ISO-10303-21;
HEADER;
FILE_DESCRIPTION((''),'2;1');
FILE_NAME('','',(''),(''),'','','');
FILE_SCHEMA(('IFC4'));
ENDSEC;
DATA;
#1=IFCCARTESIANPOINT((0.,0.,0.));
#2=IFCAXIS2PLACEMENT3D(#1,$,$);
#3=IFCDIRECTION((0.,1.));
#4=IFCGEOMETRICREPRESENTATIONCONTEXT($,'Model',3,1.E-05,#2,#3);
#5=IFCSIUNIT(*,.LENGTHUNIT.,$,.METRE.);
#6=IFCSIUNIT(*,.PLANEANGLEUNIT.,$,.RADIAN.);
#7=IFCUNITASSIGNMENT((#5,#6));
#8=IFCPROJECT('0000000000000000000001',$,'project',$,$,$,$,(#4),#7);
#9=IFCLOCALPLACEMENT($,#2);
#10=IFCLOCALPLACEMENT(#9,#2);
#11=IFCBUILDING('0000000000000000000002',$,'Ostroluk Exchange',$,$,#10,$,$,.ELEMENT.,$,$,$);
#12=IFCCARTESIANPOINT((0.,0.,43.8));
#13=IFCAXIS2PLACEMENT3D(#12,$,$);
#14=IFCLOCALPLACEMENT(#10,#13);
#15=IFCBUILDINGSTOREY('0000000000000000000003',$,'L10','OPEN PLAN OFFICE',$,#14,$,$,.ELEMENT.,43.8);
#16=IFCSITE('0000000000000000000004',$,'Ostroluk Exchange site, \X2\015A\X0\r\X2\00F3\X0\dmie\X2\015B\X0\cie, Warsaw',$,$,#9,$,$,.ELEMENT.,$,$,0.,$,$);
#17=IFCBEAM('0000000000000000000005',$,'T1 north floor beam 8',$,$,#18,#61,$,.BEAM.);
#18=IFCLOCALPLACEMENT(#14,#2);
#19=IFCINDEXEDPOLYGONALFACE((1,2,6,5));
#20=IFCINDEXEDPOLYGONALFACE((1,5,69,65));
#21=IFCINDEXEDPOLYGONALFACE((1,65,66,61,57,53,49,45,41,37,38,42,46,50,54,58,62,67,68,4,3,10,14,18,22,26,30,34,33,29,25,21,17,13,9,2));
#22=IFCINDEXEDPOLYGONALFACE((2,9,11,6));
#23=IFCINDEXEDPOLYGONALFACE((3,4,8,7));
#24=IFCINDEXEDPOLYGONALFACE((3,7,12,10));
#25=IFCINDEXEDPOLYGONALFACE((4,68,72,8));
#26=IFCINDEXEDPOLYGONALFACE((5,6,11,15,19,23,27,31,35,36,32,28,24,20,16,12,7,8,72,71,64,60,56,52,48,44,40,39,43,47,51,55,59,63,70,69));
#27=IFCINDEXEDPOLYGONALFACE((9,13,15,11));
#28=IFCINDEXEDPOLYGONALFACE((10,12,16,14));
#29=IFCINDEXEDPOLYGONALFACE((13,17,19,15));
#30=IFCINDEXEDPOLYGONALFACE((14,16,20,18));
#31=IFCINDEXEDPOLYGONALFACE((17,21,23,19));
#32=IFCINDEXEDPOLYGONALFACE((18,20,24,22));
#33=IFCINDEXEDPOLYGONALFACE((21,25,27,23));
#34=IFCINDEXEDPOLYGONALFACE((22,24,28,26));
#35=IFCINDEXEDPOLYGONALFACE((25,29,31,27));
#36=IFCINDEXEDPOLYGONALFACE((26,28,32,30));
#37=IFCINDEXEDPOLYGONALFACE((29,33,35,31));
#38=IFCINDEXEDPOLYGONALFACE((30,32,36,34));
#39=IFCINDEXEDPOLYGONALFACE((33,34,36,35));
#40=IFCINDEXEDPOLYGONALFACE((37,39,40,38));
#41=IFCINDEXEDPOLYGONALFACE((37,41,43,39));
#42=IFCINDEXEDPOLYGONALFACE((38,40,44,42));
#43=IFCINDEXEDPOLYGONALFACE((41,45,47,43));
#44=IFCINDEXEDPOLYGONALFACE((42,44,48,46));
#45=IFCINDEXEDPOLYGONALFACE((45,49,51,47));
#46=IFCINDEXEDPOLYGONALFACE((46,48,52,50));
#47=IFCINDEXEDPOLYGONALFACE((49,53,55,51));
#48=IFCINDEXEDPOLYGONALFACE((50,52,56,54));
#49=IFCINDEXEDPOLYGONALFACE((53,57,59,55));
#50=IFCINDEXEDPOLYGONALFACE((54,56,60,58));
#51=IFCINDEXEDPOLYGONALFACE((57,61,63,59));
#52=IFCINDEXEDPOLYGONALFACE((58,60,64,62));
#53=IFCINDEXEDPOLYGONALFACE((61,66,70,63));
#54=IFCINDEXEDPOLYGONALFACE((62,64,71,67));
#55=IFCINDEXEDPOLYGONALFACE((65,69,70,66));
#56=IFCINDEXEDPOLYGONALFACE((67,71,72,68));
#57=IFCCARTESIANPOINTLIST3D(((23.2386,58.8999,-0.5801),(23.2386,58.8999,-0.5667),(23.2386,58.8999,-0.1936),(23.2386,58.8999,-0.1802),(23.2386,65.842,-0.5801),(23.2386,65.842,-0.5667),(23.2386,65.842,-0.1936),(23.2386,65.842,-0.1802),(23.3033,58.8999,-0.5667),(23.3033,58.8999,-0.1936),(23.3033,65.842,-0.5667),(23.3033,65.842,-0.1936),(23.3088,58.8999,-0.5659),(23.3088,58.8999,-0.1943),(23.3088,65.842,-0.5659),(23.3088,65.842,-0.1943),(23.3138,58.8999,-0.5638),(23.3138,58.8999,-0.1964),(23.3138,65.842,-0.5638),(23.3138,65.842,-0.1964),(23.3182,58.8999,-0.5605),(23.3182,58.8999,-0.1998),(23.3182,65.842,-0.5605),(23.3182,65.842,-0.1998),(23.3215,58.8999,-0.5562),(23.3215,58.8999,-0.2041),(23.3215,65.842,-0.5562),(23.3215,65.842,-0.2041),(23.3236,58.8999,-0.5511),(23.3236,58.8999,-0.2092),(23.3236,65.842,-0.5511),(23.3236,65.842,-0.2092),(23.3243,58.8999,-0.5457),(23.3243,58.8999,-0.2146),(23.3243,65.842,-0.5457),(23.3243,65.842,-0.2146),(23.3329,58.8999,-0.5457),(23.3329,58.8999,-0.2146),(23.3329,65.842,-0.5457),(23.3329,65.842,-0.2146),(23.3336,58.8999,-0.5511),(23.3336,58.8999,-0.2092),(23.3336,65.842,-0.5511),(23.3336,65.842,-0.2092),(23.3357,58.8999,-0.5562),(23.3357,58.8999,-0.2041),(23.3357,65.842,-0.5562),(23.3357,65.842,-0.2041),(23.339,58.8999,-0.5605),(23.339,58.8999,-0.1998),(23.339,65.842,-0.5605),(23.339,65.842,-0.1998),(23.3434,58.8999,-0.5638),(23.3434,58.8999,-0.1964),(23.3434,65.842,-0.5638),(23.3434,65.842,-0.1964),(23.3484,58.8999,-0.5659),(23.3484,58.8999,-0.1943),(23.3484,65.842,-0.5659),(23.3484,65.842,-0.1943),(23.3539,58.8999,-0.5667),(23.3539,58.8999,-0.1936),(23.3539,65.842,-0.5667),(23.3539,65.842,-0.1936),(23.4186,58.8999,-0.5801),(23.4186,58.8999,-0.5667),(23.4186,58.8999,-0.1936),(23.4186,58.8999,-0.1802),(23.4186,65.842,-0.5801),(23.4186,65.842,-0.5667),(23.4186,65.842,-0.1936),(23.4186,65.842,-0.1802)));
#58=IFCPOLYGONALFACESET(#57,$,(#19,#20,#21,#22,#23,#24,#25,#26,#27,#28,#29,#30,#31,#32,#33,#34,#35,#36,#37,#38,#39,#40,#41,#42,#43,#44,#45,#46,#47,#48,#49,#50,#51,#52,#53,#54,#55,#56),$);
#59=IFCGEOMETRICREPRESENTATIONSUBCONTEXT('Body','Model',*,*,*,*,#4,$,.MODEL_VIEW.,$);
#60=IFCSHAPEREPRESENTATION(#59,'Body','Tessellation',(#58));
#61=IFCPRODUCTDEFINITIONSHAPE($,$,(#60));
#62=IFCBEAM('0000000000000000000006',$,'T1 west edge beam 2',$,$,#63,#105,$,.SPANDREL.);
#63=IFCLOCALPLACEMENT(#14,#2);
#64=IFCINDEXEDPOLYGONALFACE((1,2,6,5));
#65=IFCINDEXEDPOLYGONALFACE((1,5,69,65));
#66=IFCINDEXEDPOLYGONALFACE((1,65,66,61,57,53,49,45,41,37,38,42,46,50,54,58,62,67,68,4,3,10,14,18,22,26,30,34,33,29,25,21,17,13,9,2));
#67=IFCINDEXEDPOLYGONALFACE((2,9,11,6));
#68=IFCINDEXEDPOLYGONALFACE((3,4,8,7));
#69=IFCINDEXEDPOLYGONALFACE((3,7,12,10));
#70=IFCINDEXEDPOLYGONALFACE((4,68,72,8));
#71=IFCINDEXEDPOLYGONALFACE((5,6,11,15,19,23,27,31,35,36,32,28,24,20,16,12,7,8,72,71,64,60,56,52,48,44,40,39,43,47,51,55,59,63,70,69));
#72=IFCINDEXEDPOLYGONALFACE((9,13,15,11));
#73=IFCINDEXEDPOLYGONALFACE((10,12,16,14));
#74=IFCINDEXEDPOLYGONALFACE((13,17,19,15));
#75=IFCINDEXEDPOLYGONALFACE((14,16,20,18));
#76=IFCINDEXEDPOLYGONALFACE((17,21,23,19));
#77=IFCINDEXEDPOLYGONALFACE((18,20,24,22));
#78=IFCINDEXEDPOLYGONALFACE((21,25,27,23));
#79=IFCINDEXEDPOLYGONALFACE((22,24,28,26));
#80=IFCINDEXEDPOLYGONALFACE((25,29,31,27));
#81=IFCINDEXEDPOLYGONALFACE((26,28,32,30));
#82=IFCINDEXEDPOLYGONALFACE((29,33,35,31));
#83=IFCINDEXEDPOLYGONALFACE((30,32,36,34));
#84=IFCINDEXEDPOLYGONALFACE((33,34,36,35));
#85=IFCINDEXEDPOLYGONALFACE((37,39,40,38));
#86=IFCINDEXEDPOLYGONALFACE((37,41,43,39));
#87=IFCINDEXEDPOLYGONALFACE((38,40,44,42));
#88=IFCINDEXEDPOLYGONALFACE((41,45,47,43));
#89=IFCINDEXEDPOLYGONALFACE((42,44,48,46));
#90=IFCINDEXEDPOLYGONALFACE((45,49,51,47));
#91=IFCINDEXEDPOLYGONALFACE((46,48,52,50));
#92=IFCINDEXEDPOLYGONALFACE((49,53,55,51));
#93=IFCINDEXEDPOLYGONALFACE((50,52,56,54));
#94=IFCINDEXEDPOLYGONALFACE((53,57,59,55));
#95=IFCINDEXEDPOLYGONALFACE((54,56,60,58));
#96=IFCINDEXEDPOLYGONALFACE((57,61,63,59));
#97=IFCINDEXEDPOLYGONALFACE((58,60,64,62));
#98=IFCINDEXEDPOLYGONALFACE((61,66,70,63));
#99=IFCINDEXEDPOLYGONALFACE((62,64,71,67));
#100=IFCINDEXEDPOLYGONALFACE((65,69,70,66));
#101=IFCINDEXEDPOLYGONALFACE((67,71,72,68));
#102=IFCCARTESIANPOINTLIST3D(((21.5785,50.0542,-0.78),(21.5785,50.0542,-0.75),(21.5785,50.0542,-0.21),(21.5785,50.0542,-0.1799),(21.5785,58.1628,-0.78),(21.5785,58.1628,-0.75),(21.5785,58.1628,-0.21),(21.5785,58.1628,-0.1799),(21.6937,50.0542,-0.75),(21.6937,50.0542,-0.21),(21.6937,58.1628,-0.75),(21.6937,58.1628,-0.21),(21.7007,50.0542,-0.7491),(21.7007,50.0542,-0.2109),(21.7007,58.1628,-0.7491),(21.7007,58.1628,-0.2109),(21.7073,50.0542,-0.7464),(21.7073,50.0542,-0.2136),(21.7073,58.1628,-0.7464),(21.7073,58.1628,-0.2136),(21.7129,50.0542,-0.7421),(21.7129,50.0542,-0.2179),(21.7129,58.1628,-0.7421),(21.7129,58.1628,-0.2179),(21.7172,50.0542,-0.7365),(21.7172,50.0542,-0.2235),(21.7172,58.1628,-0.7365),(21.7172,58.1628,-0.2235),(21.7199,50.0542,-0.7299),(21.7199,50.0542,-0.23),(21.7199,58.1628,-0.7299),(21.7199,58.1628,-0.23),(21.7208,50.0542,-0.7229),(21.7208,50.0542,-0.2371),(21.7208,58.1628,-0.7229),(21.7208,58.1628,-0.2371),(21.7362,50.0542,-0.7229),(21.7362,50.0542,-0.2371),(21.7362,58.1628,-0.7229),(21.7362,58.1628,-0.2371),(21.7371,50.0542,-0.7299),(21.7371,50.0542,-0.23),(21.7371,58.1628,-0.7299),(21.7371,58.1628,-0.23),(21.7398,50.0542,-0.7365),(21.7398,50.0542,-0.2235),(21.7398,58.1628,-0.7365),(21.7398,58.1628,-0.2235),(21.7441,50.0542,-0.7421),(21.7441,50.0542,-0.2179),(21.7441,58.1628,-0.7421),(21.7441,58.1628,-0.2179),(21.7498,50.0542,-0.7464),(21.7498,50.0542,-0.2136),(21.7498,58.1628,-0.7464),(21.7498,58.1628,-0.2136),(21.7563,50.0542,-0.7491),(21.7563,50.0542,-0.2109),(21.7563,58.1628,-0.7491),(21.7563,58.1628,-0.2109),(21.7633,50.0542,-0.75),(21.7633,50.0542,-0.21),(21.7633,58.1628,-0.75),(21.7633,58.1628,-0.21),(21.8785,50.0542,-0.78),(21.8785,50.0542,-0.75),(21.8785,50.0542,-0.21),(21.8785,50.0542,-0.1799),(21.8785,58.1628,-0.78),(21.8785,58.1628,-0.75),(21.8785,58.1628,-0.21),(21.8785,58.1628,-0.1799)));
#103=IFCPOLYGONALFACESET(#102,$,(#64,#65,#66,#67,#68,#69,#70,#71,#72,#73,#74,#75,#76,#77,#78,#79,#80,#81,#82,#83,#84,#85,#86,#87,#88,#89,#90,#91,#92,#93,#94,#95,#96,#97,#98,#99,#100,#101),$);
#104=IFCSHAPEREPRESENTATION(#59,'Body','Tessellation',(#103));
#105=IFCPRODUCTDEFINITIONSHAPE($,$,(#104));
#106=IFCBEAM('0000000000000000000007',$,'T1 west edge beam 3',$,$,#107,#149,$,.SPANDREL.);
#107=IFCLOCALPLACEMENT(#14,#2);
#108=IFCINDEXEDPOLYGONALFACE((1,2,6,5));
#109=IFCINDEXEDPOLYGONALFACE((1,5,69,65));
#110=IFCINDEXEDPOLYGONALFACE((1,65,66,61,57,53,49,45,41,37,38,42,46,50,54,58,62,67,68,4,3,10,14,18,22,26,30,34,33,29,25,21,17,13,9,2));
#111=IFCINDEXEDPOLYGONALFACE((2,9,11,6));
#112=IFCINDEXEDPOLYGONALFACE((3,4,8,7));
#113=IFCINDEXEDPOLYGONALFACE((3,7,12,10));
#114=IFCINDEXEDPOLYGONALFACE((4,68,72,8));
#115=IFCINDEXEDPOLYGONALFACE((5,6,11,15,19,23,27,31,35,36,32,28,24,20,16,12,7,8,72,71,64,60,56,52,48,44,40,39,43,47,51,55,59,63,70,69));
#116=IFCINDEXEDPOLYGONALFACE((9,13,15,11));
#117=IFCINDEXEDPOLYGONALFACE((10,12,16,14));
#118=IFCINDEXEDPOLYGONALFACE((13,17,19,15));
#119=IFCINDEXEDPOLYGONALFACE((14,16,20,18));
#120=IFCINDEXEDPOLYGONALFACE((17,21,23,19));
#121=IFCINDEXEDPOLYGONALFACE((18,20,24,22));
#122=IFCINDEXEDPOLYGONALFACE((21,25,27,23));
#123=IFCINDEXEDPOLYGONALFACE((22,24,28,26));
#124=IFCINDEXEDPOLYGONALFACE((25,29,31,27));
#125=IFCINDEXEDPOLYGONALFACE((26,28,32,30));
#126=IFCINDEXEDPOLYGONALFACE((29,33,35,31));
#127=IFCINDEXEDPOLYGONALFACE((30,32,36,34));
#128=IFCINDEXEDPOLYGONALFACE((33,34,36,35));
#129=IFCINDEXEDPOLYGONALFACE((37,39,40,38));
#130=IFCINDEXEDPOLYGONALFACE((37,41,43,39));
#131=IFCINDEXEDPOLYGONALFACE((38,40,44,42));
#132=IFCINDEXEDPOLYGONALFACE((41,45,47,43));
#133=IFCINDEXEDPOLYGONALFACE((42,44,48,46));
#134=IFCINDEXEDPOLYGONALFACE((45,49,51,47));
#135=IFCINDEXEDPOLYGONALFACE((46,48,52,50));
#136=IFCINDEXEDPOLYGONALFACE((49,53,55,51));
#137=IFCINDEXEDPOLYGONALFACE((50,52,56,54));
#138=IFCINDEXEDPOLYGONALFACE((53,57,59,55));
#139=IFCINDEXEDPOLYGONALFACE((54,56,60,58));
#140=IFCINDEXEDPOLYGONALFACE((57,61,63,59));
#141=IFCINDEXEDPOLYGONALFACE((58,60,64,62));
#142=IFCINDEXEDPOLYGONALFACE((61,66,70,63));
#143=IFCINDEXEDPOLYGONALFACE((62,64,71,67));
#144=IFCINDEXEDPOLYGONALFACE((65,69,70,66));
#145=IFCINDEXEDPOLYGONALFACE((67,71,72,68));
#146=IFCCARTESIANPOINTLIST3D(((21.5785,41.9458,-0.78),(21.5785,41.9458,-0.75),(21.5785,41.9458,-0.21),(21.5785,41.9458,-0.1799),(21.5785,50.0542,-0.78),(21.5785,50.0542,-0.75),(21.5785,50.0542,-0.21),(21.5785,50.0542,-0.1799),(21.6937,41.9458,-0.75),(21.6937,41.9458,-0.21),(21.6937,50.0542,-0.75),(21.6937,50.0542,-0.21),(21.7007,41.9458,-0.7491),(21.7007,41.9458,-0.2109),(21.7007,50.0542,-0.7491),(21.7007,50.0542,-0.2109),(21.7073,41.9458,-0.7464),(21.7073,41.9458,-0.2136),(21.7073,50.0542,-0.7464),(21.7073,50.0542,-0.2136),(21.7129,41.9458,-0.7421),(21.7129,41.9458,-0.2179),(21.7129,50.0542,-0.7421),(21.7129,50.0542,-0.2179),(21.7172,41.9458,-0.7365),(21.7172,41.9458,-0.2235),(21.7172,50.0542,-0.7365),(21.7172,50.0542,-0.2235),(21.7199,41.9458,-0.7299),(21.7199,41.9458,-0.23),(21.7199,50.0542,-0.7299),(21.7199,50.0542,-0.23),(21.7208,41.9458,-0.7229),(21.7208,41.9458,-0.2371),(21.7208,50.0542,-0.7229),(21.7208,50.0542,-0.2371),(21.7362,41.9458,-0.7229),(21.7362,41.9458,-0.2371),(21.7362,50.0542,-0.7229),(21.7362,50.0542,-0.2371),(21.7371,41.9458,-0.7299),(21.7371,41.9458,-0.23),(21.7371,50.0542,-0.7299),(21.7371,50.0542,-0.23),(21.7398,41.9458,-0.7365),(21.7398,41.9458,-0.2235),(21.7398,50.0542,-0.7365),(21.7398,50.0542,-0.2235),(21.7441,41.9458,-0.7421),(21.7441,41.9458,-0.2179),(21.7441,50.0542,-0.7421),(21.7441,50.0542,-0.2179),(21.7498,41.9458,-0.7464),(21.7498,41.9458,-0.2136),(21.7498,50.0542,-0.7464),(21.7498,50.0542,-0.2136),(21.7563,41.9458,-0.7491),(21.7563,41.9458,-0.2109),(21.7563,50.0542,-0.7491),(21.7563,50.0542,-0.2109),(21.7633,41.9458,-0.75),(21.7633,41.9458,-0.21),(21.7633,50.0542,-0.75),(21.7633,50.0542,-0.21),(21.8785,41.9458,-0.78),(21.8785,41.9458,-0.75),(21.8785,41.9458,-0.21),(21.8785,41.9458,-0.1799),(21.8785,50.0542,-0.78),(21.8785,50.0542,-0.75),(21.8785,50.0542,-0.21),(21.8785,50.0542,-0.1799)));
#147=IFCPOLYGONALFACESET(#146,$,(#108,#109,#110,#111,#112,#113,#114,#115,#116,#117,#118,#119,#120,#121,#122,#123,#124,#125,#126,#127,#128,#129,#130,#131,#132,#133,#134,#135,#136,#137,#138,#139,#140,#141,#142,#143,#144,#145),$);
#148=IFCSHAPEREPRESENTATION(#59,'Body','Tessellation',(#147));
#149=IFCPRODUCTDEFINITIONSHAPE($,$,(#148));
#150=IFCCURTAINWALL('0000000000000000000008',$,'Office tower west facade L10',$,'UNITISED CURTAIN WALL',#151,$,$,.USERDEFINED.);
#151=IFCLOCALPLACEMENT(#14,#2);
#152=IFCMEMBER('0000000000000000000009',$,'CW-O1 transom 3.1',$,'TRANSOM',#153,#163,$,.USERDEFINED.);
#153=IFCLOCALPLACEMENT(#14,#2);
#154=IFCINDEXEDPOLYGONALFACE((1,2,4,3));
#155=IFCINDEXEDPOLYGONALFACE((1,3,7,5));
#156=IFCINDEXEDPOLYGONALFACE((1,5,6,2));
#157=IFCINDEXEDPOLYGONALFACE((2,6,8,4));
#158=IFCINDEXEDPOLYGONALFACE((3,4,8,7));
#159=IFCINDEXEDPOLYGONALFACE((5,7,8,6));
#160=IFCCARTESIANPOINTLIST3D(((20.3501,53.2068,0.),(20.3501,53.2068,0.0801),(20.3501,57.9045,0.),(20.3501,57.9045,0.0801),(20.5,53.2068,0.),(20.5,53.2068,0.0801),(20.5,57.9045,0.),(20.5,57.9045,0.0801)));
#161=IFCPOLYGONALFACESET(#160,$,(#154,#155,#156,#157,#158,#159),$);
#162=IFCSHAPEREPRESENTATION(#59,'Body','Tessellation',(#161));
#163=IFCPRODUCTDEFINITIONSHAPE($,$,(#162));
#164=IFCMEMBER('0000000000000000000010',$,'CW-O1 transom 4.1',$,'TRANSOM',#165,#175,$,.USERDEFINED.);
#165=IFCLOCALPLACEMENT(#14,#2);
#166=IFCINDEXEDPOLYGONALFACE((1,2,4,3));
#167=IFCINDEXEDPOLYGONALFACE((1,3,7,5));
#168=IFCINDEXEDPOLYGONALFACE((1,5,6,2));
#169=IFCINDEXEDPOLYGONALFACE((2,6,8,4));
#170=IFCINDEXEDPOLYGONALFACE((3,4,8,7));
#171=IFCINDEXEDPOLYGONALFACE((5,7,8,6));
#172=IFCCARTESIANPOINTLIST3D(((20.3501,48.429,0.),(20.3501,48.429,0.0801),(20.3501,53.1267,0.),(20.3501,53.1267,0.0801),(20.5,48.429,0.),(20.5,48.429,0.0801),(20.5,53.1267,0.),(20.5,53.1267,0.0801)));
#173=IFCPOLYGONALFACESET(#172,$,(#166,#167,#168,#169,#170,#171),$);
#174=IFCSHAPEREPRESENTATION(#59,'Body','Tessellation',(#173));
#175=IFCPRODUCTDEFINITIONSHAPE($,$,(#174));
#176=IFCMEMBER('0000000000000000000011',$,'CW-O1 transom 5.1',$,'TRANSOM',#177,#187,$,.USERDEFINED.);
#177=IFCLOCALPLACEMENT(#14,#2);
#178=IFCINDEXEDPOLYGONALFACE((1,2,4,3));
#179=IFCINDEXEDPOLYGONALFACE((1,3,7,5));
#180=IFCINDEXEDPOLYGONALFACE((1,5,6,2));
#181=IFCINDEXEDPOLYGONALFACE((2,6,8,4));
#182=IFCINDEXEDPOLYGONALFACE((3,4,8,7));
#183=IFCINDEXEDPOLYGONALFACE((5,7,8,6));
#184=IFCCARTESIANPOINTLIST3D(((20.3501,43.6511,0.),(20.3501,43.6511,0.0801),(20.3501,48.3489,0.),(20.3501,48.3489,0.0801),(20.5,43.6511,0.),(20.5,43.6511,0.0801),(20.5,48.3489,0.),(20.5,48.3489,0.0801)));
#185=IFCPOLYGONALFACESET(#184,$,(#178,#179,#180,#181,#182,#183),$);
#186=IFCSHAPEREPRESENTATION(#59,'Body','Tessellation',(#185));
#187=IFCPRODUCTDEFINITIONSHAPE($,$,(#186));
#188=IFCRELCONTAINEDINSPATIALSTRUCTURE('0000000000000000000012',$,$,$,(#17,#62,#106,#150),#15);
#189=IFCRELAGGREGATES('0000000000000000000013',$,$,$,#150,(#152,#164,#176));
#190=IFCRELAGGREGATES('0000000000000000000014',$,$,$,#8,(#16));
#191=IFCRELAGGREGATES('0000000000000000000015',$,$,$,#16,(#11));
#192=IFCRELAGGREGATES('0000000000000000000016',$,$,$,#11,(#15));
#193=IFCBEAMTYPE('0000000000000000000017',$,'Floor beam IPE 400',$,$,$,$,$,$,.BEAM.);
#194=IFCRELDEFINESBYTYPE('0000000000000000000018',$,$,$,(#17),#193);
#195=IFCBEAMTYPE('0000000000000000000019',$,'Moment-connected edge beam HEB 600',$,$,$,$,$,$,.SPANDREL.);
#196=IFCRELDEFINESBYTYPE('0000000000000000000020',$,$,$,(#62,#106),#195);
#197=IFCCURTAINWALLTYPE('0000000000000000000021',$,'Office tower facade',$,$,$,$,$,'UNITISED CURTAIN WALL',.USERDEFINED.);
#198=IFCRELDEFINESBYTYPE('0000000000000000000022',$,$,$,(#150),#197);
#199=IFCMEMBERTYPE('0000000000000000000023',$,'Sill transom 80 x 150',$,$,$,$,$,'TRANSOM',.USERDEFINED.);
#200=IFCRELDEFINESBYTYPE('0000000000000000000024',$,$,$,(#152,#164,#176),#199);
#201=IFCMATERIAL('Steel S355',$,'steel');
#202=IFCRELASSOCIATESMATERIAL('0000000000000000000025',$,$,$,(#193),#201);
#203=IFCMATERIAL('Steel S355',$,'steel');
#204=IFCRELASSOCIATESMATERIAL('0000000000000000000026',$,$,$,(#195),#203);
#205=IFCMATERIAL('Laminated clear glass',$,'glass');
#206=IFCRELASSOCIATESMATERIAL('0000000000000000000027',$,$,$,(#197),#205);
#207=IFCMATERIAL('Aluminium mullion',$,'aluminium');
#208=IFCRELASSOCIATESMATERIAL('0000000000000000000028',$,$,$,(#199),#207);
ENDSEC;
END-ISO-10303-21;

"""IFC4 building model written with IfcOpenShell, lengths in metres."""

from ifc_helpers import new_model, si_unit, direction, frame, origin, origin_2d, place, context, subcontext, project, spatial, rectangle, i_section, extrude, material, material_profile, profile_set, type_object, element, aggregate, save


model = new_model("IFC4")

# Units and contexts
model_context = context("Model", 3, precision=1e-05, world=origin(), true_north=direction((0.0, 1.0)))
body_context = subcontext(model_context, "Body", "Model", "MODEL_VIEW")
ifc_project = project(units=[si_unit("LENGTHUNIT", "METRE"), si_unit("PLANEANGLEUNIT", "RADIAN")], contexts=[model_context])

# Site, building, storey
site_placement = place(None, origin())
site = spatial("IfcSite", under=ifc_project, at=site_placement, Name="Ostroluk Exchange site, Śródmieście, Warsaw", CompositionType="ELEMENT", RefElevation=0.0)
building_placement = place(site_placement, origin())
building = spatial("IfcBuilding", under=site, at=building_placement, Name="Ostroluk Exchange", CompositionType="ELEMENT")
storey_placement = place(building_placement, frame((0.0, 0.0, 43.8)))
storey = spatial("IfcBuildingStorey", under=building, at=storey_placement, Name="L10", Description="OPEN PLAN OFFICE", CompositionType="ELEMENT", Elevation=43.8)

# Beams
ifc_material_1 = material(Name="Steel S355", Category="steel")
ifc_material_profile_1 = material_profile(ifc_material_1, i_section(OverallWidth=0.1799, OverallDepth=0.3999, WebThickness=0.0085, FlangeThickness=0.0134, FilletRadius=0.021, at=origin_2d()), Name="IPE 400")
ifc_profile_set_1 = profile_set([ifc_material_profile_1], Name="Steel S355")
beam_type_1 = type_object("IfcBeamType", Name="Floor beam IPE 400", PredefinedType="BEAM", material=ifc_profile_set_1)
beam_1_placement = place(storey_placement, frame((23.3286, 58.8999, -0.3801), z_axis=(0.0, 1.0, 0.0), x_axis=(-1.0, 0.0, 0.0)))
element("IfcBeam", 1, at=beam_1_placement, inside=storey, type_object=beam_type_1, Name="T1 north floor beam 8", PredefinedType="BEAM", context=body_context, shape_type="SweptSolid", body=[
    extrude(i_section(OverallWidth=0.1799, OverallDepth=0.3999, WebThickness=0.0085, FlangeThickness=0.0134, FilletRadius=0.021, at=origin_2d()), origin(), (0.0, 0.0, 1.0), 6.9421),
])
ifc_material_2 = material(Name="Steel S355", Category="steel")
ifc_material_profile_2 = material_profile(ifc_material_2, i_section(OverallWidth=0.3, OverallDepth=0.6001, WebThickness=0.0154, FlangeThickness=0.03, FilletRadius=0.0271, at=origin_2d()), Name="HEB 600")
ifc_profile_set_2 = profile_set([ifc_material_profile_2], Name="Steel S355")
beam_type_2 = type_object("IfcBeamType", Name="Moment-connected edge beam HEB 600", PredefinedType="SPANDREL", material=ifc_profile_set_2)
beam_2_placement = place(storey_placement, frame((21.7285, 58.1628, -0.48), z_axis=(0.0, -1.0, 0.0), x_axis=(1.0, 0.0, 0.0)))
element("IfcBeam", 2, at=beam_2_placement, inside=storey, type_object=beam_type_2, Name="T1 west edge beam 2", PredefinedType="SPANDREL", context=body_context, shape_type="SweptSolid", body=[
    extrude(i_section(OverallWidth=0.3, OverallDepth=0.6001, WebThickness=0.0154, FlangeThickness=0.03, FilletRadius=0.0271, at=origin_2d()), origin(), (0.0, 0.0, 1.0), 8.1086),
])
beam_3_placement = place(storey_placement, frame((21.7285, 50.0542, -0.48), z_axis=(0.0, -1.0, 0.0), x_axis=(1.0, 0.0, 0.0)))
element("IfcBeam", 3, at=beam_3_placement, inside=storey, type_object=beam_type_2, Name="T1 west edge beam 3", PredefinedType="SPANDREL", context=body_context, shape_type="SweptSolid", body=[
    extrude(i_section(OverallWidth=0.3, OverallDepth=0.6001, WebThickness=0.0154, FlangeThickness=0.03, FilletRadius=0.0271, at=origin_2d()), origin(), (0.0, 0.0, 1.0), 8.1084),
])

# Curtain wall, members
ifc_material_3 = material(Name="Laminated clear glass", Category="glass")
curtain_wall_type = type_object("IfcCurtainWallType", Name="Office tower facade", ElementType="UNITISED CURTAIN WALL", PredefinedType="USERDEFINED", material=ifc_material_3)
curtain_wall_placement = place(storey_placement, origin())
curtain_wall = element("IfcCurtainWall", 4, at=curtain_wall_placement, inside=storey, type_object=curtain_wall_type, Name="Office tower west facade L10", ObjectType="UNITISED CURTAIN WALL", PredefinedType="USERDEFINED")
ifc_material_4 = material(Name="Aluminium mullion", Category="aluminium")
ifc_material_profile_3 = material_profile(ifc_material_4, rectangle(XDim=0.1499, YDim=0.0801, at=origin_2d()), Name="Sill transom 80 x 150")
ifc_profile_set_3 = profile_set([ifc_material_profile_3], Name="Aluminium mullion")
member_type_1 = type_object("IfcMemberType", Name="Sill transom 80 x 150", ElementType="TRANSOM", PredefinedType="USERDEFINED", material=ifc_profile_set_3)
member_1_placement = place(storey_placement, frame((20.425, 57.9045, 0.04), z_axis=(0.0, -1.0, 0.0), x_axis=(1.0, 0.0, 0.0)))
member_1 = element("IfcMember", 5, at=member_1_placement, type_object=member_type_1, Name="CW-O1 transom 3.1", ObjectType="TRANSOM", PredefinedType="USERDEFINED", context=body_context, shape_type="SweptSolid", body=[
    extrude(rectangle(XDim=0.1499, YDim=0.0801, at=origin_2d()), origin(), (0.0, 0.0, 1.0), 4.6978),
])
member_2_placement = place(storey_placement, frame((20.425, 53.1267, 0.04), z_axis=(0.0, -1.0, 0.0), x_axis=(1.0, 0.0, 0.0)))
member_2 = element("IfcMember", 6, at=member_2_placement, type_object=member_type_1, Name="CW-O1 transom 4.1", ObjectType="TRANSOM", PredefinedType="USERDEFINED", context=body_context, shape_type="SweptSolid", body=[
    extrude(rectangle(XDim=0.1499, YDim=0.0801, at=origin_2d()), origin(), (0.0, 0.0, 1.0), 4.6978),
])
member_3_placement = place(storey_placement, frame((20.425, 48.3489, 0.04), z_axis=(0.0, -1.0, 0.0), x_axis=(1.0, 0.0, 0.0)))
member_3 = element("IfcMember", 7, at=member_3_placement, type_object=member_type_1, Name="CW-O1 transom 5.1", ObjectType="TRANSOM", PredefinedType="USERDEFINED", context=body_context, shape_type="SweptSolid", body=[
    extrude(rectangle(XDim=0.1499, YDim=0.0801, at=origin_2d()), origin(), (0.0, 0.0, 1.0), 4.6978),
])
aggregate(curtain_wall, [member_1, member_2, member_3])

save(model, "model.ifc")
